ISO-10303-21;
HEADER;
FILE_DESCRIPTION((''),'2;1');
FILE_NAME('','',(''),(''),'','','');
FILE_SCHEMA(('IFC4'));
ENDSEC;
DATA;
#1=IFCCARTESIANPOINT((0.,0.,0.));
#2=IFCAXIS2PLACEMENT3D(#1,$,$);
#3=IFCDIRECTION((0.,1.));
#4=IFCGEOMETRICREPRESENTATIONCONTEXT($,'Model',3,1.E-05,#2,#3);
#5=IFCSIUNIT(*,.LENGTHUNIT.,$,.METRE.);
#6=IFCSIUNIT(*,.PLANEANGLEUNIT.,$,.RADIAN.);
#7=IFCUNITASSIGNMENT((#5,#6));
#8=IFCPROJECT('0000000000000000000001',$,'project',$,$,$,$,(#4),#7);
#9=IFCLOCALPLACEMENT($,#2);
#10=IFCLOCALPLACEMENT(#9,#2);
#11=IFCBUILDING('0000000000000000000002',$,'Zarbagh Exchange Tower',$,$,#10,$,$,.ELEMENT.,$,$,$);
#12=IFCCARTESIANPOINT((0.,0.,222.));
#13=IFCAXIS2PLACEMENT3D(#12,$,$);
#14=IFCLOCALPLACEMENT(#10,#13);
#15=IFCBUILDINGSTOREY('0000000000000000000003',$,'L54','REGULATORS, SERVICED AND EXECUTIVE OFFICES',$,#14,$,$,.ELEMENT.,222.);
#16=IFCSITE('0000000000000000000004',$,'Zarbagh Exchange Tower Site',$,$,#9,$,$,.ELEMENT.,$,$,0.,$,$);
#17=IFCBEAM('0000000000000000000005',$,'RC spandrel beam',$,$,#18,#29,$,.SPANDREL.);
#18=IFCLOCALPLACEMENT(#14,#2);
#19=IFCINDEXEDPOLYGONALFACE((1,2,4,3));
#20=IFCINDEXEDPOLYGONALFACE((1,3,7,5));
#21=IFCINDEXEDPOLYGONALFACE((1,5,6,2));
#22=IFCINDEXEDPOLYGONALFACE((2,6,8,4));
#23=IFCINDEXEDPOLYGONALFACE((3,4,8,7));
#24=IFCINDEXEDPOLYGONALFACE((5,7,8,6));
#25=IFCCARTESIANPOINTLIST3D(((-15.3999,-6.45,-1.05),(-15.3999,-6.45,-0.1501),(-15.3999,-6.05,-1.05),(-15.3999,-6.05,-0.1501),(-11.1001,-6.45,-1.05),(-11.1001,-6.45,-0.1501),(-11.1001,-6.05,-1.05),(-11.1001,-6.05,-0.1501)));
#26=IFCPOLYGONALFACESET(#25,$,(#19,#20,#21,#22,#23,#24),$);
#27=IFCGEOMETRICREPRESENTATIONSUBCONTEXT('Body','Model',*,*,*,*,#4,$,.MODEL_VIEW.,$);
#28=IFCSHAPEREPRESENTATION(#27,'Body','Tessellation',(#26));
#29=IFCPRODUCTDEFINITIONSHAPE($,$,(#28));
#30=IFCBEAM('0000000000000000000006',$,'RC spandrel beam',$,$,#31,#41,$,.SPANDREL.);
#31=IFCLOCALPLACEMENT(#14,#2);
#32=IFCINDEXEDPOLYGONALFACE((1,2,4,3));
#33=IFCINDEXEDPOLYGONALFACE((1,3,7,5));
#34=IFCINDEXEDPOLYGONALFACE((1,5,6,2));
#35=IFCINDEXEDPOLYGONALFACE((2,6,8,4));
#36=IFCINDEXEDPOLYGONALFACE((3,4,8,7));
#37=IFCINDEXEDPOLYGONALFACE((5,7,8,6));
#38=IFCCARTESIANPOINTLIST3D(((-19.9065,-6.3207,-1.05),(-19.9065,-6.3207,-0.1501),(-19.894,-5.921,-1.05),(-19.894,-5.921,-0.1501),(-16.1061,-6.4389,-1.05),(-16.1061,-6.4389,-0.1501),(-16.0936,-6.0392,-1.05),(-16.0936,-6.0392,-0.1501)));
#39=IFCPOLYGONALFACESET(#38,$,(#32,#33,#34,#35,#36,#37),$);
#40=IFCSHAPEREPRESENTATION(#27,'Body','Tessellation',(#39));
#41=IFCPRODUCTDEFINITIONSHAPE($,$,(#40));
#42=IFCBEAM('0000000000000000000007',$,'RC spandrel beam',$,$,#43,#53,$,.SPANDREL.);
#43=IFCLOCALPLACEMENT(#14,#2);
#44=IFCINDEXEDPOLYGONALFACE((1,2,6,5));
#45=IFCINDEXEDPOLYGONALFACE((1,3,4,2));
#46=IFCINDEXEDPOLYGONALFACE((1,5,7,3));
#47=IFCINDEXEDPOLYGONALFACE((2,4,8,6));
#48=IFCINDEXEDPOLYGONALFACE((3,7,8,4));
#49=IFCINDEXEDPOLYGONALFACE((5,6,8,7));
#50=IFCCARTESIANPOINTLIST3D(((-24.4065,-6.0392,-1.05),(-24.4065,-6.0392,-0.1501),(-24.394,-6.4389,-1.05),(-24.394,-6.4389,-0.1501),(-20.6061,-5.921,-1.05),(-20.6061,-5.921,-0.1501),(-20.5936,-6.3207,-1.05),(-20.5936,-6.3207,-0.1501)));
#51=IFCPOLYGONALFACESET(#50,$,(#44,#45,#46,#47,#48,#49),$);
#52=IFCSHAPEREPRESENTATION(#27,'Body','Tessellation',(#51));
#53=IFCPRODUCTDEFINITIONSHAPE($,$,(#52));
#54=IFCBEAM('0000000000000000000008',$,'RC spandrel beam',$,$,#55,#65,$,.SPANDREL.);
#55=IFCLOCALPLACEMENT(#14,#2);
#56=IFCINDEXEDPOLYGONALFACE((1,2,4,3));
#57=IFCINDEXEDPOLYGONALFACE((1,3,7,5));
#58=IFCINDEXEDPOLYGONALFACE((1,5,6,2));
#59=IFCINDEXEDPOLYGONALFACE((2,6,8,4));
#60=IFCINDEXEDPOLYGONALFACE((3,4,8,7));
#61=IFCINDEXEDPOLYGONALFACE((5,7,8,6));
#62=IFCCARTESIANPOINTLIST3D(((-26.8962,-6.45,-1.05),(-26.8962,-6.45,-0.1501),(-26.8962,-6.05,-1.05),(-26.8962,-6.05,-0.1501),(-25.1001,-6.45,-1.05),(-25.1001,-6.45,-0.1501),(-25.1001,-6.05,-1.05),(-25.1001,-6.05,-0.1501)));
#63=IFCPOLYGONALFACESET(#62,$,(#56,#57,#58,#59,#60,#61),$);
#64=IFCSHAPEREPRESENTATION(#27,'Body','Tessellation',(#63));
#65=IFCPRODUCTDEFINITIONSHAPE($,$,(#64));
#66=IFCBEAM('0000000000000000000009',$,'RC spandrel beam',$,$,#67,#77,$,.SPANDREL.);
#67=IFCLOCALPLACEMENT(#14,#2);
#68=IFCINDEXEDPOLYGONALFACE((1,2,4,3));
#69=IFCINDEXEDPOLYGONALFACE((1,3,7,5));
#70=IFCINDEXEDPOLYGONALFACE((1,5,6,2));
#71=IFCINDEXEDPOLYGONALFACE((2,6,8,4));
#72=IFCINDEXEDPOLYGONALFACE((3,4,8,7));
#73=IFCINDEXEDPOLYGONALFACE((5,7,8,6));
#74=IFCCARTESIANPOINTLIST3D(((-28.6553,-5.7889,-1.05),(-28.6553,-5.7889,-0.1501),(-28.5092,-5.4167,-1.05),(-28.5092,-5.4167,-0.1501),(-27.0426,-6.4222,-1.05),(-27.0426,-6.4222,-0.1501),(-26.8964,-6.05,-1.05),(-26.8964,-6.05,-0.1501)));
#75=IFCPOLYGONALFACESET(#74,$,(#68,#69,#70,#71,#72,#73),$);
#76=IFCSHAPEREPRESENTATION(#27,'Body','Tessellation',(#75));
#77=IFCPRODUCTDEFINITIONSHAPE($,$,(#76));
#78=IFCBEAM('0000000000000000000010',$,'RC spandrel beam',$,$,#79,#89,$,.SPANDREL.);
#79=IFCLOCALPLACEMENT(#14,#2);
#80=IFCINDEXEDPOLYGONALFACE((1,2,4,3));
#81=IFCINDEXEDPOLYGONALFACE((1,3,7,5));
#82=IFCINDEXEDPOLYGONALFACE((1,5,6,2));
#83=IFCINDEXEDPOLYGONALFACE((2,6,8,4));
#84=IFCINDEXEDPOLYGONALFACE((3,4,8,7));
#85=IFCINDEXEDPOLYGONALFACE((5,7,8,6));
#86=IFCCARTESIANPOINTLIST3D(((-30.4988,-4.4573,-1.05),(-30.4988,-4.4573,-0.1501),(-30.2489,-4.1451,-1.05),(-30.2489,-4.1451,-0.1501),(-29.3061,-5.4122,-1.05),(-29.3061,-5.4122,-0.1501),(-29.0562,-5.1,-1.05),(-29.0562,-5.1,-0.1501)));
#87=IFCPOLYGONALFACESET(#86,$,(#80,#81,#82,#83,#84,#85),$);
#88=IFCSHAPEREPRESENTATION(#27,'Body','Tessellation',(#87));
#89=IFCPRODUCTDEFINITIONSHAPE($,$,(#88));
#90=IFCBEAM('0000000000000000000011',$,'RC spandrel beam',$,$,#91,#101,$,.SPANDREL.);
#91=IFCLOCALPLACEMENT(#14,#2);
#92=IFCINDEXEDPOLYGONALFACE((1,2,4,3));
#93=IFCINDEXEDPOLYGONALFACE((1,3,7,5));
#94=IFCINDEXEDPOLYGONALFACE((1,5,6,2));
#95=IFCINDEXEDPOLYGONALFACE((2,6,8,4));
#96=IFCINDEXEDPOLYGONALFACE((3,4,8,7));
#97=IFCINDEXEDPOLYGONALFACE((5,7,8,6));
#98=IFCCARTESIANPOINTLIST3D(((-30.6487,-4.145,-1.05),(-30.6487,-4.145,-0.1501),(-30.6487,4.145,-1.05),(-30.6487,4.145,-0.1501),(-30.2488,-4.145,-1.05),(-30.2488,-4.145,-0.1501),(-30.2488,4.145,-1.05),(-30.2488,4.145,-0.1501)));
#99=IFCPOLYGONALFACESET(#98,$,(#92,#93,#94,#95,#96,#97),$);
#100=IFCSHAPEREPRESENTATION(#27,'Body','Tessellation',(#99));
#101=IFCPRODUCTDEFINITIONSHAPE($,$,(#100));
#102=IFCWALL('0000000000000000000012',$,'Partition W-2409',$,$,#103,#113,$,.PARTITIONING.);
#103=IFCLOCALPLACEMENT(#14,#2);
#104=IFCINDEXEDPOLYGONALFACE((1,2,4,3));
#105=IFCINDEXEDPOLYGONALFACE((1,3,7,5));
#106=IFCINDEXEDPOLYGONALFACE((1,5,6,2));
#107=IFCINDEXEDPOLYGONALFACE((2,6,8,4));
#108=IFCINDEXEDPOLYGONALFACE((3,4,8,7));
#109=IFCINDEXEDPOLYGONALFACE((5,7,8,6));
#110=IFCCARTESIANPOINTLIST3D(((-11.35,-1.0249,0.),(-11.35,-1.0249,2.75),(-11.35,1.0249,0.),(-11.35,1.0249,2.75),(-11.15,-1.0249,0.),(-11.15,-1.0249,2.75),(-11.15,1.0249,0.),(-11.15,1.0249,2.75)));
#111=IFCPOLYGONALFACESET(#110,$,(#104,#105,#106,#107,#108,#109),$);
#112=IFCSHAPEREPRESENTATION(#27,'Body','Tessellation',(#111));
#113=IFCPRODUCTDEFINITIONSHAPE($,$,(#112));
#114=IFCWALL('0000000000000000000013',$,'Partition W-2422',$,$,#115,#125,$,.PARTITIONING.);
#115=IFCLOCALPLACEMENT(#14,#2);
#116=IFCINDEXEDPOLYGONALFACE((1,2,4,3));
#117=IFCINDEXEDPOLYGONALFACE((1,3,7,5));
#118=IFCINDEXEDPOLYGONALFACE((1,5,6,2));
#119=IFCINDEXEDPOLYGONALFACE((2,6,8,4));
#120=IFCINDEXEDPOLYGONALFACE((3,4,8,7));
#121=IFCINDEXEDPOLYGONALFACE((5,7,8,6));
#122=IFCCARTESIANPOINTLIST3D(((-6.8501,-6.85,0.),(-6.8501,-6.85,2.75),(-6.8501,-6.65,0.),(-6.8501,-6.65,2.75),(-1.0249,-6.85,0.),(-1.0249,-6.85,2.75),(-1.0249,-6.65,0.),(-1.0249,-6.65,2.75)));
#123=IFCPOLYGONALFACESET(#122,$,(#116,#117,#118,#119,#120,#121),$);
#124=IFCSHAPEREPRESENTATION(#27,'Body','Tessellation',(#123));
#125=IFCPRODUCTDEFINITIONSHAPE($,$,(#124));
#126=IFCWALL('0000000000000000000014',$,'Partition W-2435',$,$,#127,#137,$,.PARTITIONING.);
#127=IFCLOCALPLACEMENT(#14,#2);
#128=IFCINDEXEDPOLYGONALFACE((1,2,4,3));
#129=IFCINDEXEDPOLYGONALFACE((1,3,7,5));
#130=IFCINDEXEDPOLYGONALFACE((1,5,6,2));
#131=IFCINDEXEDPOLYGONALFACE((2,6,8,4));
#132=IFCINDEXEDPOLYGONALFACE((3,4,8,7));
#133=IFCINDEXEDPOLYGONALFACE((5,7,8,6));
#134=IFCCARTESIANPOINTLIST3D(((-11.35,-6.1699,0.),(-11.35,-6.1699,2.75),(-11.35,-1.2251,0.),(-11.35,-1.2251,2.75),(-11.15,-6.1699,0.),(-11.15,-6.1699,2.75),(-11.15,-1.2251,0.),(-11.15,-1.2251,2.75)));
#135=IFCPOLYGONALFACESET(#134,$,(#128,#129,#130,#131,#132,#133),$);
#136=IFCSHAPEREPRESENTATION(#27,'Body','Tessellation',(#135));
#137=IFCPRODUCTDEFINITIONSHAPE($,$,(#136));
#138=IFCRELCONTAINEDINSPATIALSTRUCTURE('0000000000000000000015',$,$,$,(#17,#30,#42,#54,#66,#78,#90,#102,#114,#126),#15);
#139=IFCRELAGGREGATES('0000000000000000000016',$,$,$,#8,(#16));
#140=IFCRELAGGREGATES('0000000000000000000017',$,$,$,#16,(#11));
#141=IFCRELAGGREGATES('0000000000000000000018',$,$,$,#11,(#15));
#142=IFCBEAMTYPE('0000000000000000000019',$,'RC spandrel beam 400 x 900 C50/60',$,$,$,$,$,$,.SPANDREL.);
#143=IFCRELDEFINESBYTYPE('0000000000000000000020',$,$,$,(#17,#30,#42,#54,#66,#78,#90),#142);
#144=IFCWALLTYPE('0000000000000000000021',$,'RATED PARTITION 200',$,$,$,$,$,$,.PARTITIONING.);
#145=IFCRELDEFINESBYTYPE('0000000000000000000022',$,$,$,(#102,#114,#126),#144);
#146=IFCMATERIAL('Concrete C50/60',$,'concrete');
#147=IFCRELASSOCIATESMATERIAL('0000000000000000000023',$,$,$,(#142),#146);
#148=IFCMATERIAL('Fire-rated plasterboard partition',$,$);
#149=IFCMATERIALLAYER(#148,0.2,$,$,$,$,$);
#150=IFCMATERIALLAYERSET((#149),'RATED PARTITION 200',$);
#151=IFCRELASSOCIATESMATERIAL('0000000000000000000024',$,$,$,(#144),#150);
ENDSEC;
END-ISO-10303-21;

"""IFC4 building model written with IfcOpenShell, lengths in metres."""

from ifc_helpers import new_model, si_unit, direction, frame, frame_2d, origin, origin_2d, place, context, subcontext, project, spatial, rectangle, extrude, material, layer, layer_set, material_profile, profile_set, type_object, element, save


model = new_model("IFC4")

# Units and contexts
model_context = context("Model", 3, precision=1e-05, world=origin(), true_north=direction((0.0, 1.0)))
body_context = subcontext(model_context, "Body", "Model", "MODEL_VIEW")
ifc_project = project(units=[si_unit("LENGTHUNIT", "METRE"), si_unit("PLANEANGLEUNIT", "RADIAN")], contexts=[model_context])

# Site, building, storey
site_placement = place(None, origin())
site = spatial("IfcSite", under=ifc_project, at=site_placement, Name="Zarbagh Exchange Tower Site", CompositionType="ELEMENT", RefElevation=0.0)
building_placement = place(site_placement, origin())
building = spatial("IfcBuilding", under=site, at=building_placement, Name="Zarbagh Exchange Tower", CompositionType="ELEMENT")
storey_placement = place(building_placement, frame((0.0, 0.0, 222.0)))
storey = spatial("IfcBuildingStorey", under=building, at=storey_placement, Name="L54", Description="REGULATORS, SERVICED AND EXECUTIVE OFFICES", CompositionType="ELEMENT", Elevation=222.0)

# Shared definitions
ifc_material_1 = material(Name="Concrete C50/60", Category="concrete")

# Beams
ifc_material_profile_1 = material_profile(ifc_material_1, rectangle(XDim=0.3999, YDim=0.8999, at=origin_2d()), Name="RC spandrel beam 400 x 900 C50/60")
ifc_profile_set_1 = profile_set([ifc_material_profile_1], Name="Concrete C50/60")
beam_type_1 = type_object("IfcBeamType", Name="RC spandrel beam 400 x 900 C50/60", PredefinedType="SPANDREL", material=ifc_profile_set_1)
beam_1_placement = place(storey_placement, frame((-11.1001, -6.25, -0.6001), z_axis=(-1.0, 0.0, 0.0), x_axis=(0.0, -1.0, 0.0)))
element("IfcBeam", 1, at=beam_1_placement, inside=storey, type_object=beam_type_1, Name="RC spandrel beam", PredefinedType="SPANDREL", context=body_context, shape_type="SweptSolid", body=[
    extrude(rectangle(XDim=0.3999, YDim=0.8999, at=origin_2d()), origin(), (0.0, 0.0, 1.0), 4.2998),
])
for number, where, z_axis, x_axis, name in (
    (2, (-16.0999, -6.239, -0.6001), (-0.999517, 0.031078, 0.0), (-0.031078, -0.999517, 0.0), "RC spandrel beam"),
    (3, (-20.5999, -6.1208, -0.6001), (-0.999517, -0.031078, 0.0), (0.031078, -0.999517, 0.0), "RC spandrel beam"),
):
    element("IfcBeam", number, at=place(storey_placement, frame(where, z_axis=z_axis, x_axis=x_axis)), inside=storey, type_object=beam_type_1, Name=name, PredefinedType="SPANDREL", context=body_context, shape_type="SweptSolid", body=[
        extrude(rectangle(XDim=0.3999, YDim=0.8999, at=origin_2d()), origin(), (0.0, 0.0, 1.0), 3.8022),
    ])
beam_2_placement = place(storey_placement, frame((-25.1001, -6.25, -0.6001), z_axis=(-1.0, 0.0, 0.0), x_axis=(0.0, -1.0, 0.0)))
element("IfcBeam", 4, at=beam_2_placement, inside=storey, type_object=beam_type_1, Name="RC spandrel beam", PredefinedType="SPANDREL", context=body_context, shape_type="SweptSolid", body=[
    extrude(rectangle(XDim=0.3999, YDim=0.8999, at=origin_2d()), origin(), (0.0, 0.0, 1.0), 1.7961),
])
beam_3_placement = place(storey_placement, frame((-26.9695, -6.2361, -0.6001), z_axis=(-0.93081, 0.365504, 0.0), x_axis=(-0.365504, -0.93081, 0.0)))
element("IfcBeam", 5, at=beam_3_placement, inside=storey, type_object=beam_type_1, Name="RC spandrel beam", PredefinedType="SPANDREL", context=body_context, shape_type="SweptSolid", body=[
    extrude(rectangle(XDim=0.3999, YDim=0.8999, at=origin_2d()), origin(), (0.0, 0.0, 1.0), 1.7327),
])
beam_4_placement = place(storey_placement, frame((-29.1812, -5.2561, -0.6001), z_axis=(-0.780635, 0.624987, 0.0), x_axis=(-0.624987, -0.780635, 0.0)))
element("IfcBeam", 6, at=beam_4_placement, inside=storey, type_object=beam_type_1, Name="RC spandrel beam", PredefinedType="SPANDREL", context=body_context, shape_type="SweptSolid", body=[
    extrude(rectangle(XDim=0.3999, YDim=0.8999, at=origin_2d()), origin(), (0.0, 0.0, 1.0), 1.5278),
])
beam_5_placement = place(storey_placement, frame((-30.4487, -4.145, -0.6001), z_axis=(0.0, 1.0, 0.0), x_axis=(-1.0, 0.0, 0.0)))
element("IfcBeam", 7, at=beam_5_placement, inside=storey, type_object=beam_type_1, Name="RC spandrel beam", PredefinedType="SPANDREL", context=body_context, shape_type="SweptSolid", body=[
    extrude(rectangle(XDim=0.3999, YDim=0.8999, at=origin_2d()), origin(), (0.0, 0.0, 1.0), 8.29),
])

# Walls
ifc_material_2 = material(Name="Fire-rated plasterboard partition")
ifc_layer = layer(ifc_material_2, 0.2)
ifc_layer_set = layer_set([ifc_layer], Name="RATED PARTITION 200")
wall_type = type_object("IfcWallType", Name="RATED PARTITION 200", PredefinedType="PARTITIONING", material=ifc_layer_set)
wall_1_placement = place(storey_placement, frame((-11.25, -1.0249, 0.0), z_axis=(0.0, 0.0, 1.0), x_axis=(0.0, 1.0, 0.0)))
element("IfcWall", 8, at=wall_1_placement, inside=storey, type_object=wall_type, Name="Partition W-2409", PredefinedType="PARTITIONING", context=body_context, shape_type="SweptSolid", body=[
    extrude(rectangle(XDim=2.0498, YDim=0.2, at=frame_2d((1.0249, 0.0))), origin(), (0.0, 0.0, 1.0), 2.75),
])
wall_2_placement = place(storey_placement, frame((-6.8501, -6.75, 0.0), z_axis=(0.0, 0.0, 1.0), x_axis=(1.0, 0.0, 0.0)))
element("IfcWall", 9, at=wall_2_placement, inside=storey, type_object=wall_type, Name="Partition W-2422", PredefinedType="PARTITIONING", context=body_context, shape_type="SweptSolid", body=[
    extrude(rectangle(XDim=5.8252, YDim=0.2, at=frame_2d((2.9126, 0.0))), origin(), (0.0, 0.0, 1.0), 2.75),
])
wall_3_placement = place(storey_placement, frame((-11.25, -6.1699, 0.0), z_axis=(0.0, 0.0, 1.0), x_axis=(0.0, 1.0, 0.0)))
element("IfcWall", 10, at=wall_3_placement, inside=storey, type_object=wall_type, Name="Partition W-2435", PredefinedType="PARTITIONING", context=body_context, shape_type="SweptSolid", body=[
    extrude(rectangle(XDim=4.9448, YDim=0.2, at=frame_2d((2.4724, 0.0))), origin(), (0.0, 0.0, 1.0), 2.75),
])

save(model, "model.ifc")
